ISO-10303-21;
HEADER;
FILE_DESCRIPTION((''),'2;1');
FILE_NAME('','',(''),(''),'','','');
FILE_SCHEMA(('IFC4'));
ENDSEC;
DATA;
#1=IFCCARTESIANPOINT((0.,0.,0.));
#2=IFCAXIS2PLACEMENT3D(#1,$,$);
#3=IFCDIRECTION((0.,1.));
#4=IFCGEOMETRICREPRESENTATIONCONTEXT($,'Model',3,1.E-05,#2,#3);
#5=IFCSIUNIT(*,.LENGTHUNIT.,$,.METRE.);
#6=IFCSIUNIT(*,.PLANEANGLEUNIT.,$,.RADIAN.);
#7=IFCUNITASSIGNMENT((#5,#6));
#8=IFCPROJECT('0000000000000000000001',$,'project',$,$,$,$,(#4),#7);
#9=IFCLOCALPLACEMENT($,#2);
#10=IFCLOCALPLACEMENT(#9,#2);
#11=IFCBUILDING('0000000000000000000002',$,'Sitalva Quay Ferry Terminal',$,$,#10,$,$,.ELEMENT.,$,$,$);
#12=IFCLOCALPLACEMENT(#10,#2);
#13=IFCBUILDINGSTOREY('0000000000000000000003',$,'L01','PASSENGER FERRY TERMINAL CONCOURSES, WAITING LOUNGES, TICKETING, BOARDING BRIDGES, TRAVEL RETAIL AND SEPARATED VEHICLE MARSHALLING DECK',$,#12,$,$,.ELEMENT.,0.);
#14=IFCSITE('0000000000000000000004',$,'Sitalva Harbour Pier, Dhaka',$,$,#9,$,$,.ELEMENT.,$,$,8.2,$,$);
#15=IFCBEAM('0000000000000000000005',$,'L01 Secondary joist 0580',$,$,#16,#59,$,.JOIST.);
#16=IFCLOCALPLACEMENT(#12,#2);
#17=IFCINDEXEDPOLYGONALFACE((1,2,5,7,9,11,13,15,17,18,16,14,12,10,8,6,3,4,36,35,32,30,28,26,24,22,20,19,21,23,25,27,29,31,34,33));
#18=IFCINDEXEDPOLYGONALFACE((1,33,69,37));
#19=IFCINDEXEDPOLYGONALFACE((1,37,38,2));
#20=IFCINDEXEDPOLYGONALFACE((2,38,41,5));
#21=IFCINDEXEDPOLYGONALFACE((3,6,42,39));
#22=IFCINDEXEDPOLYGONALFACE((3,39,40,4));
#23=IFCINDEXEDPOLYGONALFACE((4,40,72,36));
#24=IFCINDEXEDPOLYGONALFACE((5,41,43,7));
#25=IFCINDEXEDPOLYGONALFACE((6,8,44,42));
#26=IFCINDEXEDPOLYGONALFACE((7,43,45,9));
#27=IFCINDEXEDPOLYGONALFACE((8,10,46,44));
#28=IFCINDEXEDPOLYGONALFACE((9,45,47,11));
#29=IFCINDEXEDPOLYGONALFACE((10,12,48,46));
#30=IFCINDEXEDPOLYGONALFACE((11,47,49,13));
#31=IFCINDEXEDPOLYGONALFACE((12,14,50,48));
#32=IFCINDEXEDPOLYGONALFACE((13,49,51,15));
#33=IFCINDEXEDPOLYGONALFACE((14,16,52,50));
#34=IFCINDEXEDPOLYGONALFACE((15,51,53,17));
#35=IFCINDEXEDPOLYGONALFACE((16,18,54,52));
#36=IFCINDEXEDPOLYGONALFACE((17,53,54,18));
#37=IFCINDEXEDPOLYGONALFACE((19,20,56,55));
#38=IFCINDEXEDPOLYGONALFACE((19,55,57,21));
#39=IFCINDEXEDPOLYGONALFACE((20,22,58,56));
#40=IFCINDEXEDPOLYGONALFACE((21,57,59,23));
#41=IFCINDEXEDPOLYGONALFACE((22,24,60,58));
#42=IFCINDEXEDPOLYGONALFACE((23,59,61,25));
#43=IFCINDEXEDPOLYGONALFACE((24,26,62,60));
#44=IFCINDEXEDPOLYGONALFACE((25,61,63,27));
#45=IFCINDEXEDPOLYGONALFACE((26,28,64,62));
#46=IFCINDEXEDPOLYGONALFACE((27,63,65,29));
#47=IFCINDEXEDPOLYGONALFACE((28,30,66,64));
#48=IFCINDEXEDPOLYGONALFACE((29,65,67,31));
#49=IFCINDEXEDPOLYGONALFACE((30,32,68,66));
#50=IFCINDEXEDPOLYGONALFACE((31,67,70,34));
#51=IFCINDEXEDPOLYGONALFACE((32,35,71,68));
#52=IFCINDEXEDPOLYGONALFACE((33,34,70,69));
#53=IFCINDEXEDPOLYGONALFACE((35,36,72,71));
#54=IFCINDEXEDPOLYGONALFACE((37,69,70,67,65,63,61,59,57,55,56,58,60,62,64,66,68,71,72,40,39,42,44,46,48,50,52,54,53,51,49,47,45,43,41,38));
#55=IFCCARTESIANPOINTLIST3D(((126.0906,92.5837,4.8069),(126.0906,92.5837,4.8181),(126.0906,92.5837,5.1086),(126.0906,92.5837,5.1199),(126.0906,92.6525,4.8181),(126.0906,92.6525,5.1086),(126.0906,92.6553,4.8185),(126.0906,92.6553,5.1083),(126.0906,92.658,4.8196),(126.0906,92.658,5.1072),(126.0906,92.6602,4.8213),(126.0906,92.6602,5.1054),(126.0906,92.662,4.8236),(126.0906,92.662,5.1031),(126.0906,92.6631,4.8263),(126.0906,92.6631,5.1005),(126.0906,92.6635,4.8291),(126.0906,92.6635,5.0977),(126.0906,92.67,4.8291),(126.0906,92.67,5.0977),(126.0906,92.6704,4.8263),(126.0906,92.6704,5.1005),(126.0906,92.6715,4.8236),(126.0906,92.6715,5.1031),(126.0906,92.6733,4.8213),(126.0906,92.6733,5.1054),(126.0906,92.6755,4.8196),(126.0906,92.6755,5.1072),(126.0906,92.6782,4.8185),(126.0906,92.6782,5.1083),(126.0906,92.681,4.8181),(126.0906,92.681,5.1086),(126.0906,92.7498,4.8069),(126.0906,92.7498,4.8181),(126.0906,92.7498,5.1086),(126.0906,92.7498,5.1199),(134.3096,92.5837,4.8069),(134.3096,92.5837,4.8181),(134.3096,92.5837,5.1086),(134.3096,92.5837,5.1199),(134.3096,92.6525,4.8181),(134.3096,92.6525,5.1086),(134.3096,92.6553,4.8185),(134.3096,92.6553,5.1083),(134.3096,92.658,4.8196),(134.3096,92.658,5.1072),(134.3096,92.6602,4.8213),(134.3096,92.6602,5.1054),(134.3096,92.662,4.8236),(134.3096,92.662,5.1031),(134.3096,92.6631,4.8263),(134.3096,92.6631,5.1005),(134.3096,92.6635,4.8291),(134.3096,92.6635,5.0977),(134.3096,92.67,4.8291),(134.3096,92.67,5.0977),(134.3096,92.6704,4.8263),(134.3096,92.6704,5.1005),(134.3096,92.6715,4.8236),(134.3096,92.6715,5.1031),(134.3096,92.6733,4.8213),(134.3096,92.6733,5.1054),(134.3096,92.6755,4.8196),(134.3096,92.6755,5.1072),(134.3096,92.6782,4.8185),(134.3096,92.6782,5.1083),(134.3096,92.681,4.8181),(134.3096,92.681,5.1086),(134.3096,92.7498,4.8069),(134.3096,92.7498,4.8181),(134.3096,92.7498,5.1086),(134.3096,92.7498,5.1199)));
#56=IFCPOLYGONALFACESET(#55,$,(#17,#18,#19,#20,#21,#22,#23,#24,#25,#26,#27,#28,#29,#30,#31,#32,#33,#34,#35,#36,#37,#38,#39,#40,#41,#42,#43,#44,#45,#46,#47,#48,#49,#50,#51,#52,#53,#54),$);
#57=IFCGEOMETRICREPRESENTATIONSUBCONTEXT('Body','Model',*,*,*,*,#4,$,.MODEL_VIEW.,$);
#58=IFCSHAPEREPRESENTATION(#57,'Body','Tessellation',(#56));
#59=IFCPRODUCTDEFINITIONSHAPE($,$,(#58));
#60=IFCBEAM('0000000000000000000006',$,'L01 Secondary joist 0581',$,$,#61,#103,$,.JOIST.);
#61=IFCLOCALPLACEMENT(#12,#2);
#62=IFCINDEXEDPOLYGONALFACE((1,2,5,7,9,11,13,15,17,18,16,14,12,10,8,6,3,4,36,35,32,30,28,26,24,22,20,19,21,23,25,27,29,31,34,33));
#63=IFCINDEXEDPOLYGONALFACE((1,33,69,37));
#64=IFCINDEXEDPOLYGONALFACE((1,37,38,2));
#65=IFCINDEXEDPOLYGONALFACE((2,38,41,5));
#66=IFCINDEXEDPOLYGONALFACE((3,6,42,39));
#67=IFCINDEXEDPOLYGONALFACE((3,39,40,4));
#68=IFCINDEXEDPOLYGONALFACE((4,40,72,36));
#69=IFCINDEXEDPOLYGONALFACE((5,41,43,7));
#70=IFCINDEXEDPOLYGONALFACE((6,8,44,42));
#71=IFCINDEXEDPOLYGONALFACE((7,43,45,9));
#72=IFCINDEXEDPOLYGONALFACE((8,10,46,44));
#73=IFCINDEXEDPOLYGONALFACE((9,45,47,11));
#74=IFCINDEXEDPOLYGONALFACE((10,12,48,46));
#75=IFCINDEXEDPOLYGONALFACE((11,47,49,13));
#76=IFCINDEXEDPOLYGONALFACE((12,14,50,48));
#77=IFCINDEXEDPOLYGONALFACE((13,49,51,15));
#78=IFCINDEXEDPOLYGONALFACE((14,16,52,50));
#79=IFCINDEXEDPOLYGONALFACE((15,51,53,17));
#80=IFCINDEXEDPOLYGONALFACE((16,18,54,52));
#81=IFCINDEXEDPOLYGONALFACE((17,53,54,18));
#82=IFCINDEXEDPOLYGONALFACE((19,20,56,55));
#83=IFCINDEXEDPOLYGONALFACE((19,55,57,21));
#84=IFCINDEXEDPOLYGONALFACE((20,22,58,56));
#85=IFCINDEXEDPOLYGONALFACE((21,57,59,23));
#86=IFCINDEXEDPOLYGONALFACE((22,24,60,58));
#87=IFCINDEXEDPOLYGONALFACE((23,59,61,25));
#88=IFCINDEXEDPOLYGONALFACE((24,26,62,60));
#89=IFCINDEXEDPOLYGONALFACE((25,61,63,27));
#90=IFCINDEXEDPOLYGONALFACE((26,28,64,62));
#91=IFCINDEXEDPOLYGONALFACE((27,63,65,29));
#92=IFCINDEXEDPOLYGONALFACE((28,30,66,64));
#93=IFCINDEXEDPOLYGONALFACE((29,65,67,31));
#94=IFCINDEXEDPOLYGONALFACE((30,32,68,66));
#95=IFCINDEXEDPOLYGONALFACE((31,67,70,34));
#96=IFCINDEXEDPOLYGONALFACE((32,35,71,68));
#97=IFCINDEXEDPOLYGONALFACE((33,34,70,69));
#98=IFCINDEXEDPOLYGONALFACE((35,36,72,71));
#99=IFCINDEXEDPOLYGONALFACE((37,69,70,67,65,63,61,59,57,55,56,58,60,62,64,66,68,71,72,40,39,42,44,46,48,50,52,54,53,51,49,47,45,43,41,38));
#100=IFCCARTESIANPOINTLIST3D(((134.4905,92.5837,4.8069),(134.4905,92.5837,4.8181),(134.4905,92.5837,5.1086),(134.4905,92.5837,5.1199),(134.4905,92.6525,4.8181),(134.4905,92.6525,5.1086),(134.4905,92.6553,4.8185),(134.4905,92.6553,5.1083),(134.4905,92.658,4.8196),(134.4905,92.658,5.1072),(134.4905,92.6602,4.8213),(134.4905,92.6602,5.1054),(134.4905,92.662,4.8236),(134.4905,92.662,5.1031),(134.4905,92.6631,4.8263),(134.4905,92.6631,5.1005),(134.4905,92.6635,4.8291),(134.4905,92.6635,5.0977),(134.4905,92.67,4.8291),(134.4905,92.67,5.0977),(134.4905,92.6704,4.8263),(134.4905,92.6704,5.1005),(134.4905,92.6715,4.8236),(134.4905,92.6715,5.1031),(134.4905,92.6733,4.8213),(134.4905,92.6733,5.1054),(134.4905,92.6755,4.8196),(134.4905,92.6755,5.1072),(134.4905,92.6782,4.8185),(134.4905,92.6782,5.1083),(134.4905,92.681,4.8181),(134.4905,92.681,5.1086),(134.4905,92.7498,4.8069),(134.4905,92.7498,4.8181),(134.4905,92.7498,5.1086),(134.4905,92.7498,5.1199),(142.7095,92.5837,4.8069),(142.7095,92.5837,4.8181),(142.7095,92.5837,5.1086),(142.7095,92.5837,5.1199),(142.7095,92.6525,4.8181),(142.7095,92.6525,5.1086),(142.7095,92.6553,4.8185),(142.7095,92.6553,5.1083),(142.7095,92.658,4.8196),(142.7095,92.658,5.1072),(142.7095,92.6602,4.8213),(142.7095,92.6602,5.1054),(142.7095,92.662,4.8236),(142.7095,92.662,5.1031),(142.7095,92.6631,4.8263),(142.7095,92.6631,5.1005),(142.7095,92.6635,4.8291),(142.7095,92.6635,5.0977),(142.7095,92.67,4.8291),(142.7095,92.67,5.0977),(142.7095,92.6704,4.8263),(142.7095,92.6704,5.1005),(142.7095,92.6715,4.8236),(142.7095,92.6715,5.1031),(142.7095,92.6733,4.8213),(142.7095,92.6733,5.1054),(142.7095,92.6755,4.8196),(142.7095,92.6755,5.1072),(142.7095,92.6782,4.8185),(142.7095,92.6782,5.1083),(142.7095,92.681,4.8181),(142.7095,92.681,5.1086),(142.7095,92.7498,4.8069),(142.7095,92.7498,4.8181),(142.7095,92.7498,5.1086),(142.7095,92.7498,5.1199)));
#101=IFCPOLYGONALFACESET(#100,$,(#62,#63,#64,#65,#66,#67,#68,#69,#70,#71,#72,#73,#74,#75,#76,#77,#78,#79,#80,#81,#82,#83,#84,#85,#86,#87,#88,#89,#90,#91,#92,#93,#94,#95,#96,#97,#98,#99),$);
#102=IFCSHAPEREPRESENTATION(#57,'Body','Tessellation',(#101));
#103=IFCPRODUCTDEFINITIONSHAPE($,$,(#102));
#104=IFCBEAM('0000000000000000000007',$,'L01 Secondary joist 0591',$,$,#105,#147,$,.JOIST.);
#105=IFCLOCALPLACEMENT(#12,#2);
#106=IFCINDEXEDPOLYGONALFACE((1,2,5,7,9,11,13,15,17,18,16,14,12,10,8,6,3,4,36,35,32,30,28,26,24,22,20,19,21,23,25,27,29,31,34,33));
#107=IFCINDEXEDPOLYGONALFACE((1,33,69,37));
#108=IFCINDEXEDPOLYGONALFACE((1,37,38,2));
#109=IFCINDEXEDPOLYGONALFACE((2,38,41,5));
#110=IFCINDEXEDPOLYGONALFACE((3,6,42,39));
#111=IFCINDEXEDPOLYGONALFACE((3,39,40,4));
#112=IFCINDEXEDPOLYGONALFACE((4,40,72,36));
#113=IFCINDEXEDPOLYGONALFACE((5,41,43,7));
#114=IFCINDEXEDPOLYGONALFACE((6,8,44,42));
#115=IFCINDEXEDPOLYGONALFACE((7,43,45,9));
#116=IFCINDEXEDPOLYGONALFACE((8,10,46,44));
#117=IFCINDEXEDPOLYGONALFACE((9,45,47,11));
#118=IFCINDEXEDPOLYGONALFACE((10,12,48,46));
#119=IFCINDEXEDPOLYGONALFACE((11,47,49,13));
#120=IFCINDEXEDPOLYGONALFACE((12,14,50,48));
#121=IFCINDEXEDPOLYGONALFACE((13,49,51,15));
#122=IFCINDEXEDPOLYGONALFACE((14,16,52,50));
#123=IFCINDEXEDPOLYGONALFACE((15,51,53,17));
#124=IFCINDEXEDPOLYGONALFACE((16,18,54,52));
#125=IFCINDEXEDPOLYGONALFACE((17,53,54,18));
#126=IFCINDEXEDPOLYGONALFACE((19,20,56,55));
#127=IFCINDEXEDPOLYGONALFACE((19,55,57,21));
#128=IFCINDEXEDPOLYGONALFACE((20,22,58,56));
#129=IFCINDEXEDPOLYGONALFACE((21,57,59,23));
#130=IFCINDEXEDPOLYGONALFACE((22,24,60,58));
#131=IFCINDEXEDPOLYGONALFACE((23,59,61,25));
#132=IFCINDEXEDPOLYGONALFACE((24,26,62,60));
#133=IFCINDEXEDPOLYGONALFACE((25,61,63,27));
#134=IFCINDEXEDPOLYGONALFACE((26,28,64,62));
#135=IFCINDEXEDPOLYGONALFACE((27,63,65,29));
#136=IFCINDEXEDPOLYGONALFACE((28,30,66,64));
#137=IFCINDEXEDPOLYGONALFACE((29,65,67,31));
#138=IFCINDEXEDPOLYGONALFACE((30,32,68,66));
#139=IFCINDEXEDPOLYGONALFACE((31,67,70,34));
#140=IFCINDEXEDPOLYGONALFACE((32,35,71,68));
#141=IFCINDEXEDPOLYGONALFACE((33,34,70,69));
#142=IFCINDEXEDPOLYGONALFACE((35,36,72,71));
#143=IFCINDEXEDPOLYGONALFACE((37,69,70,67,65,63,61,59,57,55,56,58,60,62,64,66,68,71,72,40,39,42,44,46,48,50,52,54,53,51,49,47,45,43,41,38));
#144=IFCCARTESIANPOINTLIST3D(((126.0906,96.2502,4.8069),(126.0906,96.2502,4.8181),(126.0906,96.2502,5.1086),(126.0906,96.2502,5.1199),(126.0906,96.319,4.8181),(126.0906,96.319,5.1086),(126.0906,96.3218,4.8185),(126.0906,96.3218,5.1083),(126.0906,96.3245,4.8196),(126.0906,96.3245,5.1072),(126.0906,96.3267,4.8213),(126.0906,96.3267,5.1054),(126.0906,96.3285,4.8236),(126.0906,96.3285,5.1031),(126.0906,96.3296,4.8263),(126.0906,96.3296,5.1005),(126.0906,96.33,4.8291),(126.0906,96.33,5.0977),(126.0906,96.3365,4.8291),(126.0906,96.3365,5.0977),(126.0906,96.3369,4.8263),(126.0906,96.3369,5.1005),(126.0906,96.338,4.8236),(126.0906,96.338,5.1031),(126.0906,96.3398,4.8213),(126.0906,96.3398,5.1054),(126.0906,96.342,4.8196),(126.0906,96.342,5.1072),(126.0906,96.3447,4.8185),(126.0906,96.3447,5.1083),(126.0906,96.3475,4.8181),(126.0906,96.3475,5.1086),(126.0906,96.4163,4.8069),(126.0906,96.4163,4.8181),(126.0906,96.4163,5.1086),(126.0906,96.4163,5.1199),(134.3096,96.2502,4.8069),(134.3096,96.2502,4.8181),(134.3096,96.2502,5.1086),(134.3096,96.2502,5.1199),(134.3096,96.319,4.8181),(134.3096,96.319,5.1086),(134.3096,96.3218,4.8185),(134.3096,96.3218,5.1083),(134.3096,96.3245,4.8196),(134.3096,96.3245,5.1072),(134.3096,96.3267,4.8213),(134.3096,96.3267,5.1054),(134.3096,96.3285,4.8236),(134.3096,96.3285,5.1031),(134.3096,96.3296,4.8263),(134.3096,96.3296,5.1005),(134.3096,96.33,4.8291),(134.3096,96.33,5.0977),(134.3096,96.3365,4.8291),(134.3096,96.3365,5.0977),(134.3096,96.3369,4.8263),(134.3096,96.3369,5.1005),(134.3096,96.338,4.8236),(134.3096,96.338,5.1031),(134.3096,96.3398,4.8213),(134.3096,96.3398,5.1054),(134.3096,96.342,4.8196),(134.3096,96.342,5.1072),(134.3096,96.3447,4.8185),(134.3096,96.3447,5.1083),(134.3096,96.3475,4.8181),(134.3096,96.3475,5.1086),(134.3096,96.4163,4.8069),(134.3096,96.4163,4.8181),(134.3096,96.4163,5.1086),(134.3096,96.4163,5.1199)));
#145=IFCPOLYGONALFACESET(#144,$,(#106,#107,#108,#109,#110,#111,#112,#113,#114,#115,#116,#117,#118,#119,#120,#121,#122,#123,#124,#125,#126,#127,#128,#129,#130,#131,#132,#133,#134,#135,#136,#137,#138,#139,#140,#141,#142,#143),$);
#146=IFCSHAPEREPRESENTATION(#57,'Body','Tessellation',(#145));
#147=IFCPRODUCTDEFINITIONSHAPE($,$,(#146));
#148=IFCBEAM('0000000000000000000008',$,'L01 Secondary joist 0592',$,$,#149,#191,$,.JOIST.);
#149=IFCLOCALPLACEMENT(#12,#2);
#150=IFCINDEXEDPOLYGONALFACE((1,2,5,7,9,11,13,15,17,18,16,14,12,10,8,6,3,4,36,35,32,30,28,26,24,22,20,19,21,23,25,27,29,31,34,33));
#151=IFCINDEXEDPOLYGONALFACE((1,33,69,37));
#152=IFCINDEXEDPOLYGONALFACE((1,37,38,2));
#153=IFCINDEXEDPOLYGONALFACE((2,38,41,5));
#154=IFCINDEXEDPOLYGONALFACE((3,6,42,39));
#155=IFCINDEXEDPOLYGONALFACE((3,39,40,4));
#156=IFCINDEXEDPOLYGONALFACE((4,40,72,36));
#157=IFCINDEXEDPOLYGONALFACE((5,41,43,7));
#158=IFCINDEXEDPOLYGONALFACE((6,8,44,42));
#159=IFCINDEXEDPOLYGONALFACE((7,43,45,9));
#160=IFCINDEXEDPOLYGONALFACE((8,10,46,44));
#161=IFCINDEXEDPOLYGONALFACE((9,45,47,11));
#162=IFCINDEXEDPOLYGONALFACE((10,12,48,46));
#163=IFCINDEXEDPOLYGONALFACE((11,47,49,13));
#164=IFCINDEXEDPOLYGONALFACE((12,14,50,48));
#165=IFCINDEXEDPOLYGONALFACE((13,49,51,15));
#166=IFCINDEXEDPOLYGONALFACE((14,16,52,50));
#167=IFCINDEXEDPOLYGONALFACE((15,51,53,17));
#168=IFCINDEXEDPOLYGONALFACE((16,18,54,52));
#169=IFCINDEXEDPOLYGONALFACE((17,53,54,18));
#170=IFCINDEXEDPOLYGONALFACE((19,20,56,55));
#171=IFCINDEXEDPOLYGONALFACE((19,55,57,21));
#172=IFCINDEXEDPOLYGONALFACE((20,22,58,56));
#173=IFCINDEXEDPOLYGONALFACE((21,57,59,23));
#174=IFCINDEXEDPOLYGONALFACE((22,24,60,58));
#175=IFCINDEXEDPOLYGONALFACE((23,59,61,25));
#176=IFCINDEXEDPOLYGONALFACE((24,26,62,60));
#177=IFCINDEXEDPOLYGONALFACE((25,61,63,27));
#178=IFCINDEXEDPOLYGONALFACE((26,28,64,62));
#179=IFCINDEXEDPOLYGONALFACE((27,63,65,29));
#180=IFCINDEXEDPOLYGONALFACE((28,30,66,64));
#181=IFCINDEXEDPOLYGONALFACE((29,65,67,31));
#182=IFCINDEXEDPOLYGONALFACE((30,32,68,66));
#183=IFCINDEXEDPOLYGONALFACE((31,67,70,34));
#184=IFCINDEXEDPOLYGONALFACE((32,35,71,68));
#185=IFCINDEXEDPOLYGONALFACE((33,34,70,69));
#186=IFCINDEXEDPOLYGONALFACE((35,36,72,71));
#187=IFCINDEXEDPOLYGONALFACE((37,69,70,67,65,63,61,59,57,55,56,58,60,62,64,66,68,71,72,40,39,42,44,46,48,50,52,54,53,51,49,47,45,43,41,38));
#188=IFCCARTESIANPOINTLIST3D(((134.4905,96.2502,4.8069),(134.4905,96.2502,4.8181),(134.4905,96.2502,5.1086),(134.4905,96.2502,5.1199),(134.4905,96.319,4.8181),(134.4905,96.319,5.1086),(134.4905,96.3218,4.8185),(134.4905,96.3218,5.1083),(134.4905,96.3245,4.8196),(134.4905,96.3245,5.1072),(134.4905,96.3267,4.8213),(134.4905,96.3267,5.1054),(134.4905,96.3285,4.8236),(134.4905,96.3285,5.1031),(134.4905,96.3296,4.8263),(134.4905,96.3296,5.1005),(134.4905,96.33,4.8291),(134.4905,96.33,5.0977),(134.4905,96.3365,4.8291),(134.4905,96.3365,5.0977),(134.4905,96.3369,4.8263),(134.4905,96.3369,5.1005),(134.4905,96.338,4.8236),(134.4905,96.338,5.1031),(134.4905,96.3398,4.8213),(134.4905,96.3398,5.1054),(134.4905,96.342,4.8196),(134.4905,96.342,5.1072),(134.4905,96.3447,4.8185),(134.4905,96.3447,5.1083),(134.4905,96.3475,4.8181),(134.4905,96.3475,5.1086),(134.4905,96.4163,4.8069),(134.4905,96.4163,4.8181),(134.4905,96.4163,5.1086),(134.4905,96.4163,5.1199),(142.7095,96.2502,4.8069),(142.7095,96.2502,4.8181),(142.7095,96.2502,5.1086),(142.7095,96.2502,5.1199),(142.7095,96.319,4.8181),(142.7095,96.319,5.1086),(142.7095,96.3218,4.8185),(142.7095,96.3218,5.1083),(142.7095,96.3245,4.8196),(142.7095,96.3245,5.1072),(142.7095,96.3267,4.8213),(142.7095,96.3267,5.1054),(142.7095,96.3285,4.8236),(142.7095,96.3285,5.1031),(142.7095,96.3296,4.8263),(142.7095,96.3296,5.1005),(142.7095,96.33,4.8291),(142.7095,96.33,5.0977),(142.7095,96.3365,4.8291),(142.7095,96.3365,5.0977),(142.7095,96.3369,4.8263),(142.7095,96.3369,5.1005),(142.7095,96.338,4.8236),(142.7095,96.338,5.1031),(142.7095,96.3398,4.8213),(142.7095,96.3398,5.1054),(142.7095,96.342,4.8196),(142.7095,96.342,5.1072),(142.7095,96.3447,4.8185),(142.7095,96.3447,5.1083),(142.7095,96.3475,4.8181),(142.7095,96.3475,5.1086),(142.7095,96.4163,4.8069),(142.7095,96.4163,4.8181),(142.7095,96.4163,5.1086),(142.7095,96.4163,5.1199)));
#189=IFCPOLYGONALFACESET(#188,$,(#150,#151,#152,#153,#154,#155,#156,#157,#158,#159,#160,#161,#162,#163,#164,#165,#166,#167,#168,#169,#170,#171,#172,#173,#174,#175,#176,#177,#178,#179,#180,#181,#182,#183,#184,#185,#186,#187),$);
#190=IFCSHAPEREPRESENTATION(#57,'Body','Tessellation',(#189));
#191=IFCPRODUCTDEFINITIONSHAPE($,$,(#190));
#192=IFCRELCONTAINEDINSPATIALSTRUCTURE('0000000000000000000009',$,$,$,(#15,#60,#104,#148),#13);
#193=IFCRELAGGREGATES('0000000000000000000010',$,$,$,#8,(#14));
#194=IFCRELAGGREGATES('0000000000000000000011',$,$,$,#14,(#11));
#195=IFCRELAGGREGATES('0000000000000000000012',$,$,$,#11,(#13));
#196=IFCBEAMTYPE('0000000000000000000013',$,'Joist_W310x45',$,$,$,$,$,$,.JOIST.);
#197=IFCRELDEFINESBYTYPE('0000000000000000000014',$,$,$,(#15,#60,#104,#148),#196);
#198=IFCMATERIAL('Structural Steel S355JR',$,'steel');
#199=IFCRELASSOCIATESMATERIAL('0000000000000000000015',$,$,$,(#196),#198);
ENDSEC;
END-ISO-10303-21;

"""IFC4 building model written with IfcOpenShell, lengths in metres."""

from ifc_helpers import new_model, si_unit, direction, frame, origin, origin_2d, place, context, subcontext, project, spatial, i_section, extrude, material, material_profile, profile_set, type_object, element, save


model = new_model("IFC4")

# Units and contexts
model_context = context("Model", 3, precision=1e-05, world=origin(), true_north=direction((0.0, 1.0)))
body_context = subcontext(model_context, "Body", "Model", "MODEL_VIEW")
ifc_project = project(units=[si_unit("LENGTHUNIT", "METRE"), si_unit("PLANEANGLEUNIT", "RADIAN")], contexts=[model_context])

# Site, building, storey
site_placement = place(None, origin())
site = spatial("IfcSite", under=ifc_project, at=site_placement, Name="Sitalva Harbour Pier, Dhaka", CompositionType="ELEMENT", RefElevation=8.2)
building_placement = place(site_placement, origin())
building = spatial("IfcBuilding", under=site, at=building_placement, Name="Sitalva Quay Ferry Terminal", CompositionType="ELEMENT")
storey_placement = place(building_placement, origin())
storey = spatial("IfcBuildingStorey", under=building, at=storey_placement, Name="L01", Description="PASSENGER FERRY TERMINAL CONCOURSES, WAITING LOUNGES, TICKETING, BOARDING BRIDGES, TRAVEL RETAIL AND SEPARATED VEHICLE MARSHALLING DECK", CompositionType="ELEMENT", Elevation=0.0)

# Beams
ifc_material_1 = material(Name="Structural Steel S355JR", Category="steel")
ifc_material_profile_1 = material_profile(ifc_material_1, i_section(OverallWidth=0.166, OverallDepth=0.313, WebThickness=0.0066, FlangeThickness=0.0112, FilletRadius=0.011, at=origin_2d()), Name="W310x45")
ifc_profile_set_1 = profile_set([ifc_material_profile_1], Name="Structural Steel S355JR")
beam_type_1 = type_object("IfcBeamType", Name="Joist_W310x45", PredefinedType="JOIST", material=ifc_profile_set_1)
for number, where, z_axis, x_axis, name in (
    (1, (126.0906, 92.6667, 4.9634), (1.0, 0.0, 0.0), (0.0, 1.0, 0.0), "L01 Secondary joist 0580"),
    (2, (134.4905, 92.6667, 4.9634), (1.0, 0.0, 0.0), (0.0, 1.0, 0.0), "L01 Secondary joist 0581"),
    (3, (126.0906, 96.3333, 4.9634), (1.0, 0.0, 0.0), (0.0, 1.0, 0.0), "L01 Secondary joist 0591"),
    (4, (134.4905, 96.3333, 4.9634), (1.0, 0.0, 0.0), (0.0, 1.0, 0.0), "L01 Secondary joist 0592"),
):
    element("IfcBeam", number, at=place(storey_placement, frame(where, z_axis=z_axis, x_axis=x_axis)), inside=storey, type_object=beam_type_1, Name=name, PredefinedType="JOIST", context=body_context, shape_type="SweptSolid", body=[
        extrude(i_section(OverallWidth=0.166, OverallDepth=0.313, WebThickness=0.0066, FlangeThickness=0.0112, FilletRadius=0.011, at=origin_2d()), origin(), (0.0, 0.0, 1.0), 8.219),
    ])

save(model, "model.ifc")
